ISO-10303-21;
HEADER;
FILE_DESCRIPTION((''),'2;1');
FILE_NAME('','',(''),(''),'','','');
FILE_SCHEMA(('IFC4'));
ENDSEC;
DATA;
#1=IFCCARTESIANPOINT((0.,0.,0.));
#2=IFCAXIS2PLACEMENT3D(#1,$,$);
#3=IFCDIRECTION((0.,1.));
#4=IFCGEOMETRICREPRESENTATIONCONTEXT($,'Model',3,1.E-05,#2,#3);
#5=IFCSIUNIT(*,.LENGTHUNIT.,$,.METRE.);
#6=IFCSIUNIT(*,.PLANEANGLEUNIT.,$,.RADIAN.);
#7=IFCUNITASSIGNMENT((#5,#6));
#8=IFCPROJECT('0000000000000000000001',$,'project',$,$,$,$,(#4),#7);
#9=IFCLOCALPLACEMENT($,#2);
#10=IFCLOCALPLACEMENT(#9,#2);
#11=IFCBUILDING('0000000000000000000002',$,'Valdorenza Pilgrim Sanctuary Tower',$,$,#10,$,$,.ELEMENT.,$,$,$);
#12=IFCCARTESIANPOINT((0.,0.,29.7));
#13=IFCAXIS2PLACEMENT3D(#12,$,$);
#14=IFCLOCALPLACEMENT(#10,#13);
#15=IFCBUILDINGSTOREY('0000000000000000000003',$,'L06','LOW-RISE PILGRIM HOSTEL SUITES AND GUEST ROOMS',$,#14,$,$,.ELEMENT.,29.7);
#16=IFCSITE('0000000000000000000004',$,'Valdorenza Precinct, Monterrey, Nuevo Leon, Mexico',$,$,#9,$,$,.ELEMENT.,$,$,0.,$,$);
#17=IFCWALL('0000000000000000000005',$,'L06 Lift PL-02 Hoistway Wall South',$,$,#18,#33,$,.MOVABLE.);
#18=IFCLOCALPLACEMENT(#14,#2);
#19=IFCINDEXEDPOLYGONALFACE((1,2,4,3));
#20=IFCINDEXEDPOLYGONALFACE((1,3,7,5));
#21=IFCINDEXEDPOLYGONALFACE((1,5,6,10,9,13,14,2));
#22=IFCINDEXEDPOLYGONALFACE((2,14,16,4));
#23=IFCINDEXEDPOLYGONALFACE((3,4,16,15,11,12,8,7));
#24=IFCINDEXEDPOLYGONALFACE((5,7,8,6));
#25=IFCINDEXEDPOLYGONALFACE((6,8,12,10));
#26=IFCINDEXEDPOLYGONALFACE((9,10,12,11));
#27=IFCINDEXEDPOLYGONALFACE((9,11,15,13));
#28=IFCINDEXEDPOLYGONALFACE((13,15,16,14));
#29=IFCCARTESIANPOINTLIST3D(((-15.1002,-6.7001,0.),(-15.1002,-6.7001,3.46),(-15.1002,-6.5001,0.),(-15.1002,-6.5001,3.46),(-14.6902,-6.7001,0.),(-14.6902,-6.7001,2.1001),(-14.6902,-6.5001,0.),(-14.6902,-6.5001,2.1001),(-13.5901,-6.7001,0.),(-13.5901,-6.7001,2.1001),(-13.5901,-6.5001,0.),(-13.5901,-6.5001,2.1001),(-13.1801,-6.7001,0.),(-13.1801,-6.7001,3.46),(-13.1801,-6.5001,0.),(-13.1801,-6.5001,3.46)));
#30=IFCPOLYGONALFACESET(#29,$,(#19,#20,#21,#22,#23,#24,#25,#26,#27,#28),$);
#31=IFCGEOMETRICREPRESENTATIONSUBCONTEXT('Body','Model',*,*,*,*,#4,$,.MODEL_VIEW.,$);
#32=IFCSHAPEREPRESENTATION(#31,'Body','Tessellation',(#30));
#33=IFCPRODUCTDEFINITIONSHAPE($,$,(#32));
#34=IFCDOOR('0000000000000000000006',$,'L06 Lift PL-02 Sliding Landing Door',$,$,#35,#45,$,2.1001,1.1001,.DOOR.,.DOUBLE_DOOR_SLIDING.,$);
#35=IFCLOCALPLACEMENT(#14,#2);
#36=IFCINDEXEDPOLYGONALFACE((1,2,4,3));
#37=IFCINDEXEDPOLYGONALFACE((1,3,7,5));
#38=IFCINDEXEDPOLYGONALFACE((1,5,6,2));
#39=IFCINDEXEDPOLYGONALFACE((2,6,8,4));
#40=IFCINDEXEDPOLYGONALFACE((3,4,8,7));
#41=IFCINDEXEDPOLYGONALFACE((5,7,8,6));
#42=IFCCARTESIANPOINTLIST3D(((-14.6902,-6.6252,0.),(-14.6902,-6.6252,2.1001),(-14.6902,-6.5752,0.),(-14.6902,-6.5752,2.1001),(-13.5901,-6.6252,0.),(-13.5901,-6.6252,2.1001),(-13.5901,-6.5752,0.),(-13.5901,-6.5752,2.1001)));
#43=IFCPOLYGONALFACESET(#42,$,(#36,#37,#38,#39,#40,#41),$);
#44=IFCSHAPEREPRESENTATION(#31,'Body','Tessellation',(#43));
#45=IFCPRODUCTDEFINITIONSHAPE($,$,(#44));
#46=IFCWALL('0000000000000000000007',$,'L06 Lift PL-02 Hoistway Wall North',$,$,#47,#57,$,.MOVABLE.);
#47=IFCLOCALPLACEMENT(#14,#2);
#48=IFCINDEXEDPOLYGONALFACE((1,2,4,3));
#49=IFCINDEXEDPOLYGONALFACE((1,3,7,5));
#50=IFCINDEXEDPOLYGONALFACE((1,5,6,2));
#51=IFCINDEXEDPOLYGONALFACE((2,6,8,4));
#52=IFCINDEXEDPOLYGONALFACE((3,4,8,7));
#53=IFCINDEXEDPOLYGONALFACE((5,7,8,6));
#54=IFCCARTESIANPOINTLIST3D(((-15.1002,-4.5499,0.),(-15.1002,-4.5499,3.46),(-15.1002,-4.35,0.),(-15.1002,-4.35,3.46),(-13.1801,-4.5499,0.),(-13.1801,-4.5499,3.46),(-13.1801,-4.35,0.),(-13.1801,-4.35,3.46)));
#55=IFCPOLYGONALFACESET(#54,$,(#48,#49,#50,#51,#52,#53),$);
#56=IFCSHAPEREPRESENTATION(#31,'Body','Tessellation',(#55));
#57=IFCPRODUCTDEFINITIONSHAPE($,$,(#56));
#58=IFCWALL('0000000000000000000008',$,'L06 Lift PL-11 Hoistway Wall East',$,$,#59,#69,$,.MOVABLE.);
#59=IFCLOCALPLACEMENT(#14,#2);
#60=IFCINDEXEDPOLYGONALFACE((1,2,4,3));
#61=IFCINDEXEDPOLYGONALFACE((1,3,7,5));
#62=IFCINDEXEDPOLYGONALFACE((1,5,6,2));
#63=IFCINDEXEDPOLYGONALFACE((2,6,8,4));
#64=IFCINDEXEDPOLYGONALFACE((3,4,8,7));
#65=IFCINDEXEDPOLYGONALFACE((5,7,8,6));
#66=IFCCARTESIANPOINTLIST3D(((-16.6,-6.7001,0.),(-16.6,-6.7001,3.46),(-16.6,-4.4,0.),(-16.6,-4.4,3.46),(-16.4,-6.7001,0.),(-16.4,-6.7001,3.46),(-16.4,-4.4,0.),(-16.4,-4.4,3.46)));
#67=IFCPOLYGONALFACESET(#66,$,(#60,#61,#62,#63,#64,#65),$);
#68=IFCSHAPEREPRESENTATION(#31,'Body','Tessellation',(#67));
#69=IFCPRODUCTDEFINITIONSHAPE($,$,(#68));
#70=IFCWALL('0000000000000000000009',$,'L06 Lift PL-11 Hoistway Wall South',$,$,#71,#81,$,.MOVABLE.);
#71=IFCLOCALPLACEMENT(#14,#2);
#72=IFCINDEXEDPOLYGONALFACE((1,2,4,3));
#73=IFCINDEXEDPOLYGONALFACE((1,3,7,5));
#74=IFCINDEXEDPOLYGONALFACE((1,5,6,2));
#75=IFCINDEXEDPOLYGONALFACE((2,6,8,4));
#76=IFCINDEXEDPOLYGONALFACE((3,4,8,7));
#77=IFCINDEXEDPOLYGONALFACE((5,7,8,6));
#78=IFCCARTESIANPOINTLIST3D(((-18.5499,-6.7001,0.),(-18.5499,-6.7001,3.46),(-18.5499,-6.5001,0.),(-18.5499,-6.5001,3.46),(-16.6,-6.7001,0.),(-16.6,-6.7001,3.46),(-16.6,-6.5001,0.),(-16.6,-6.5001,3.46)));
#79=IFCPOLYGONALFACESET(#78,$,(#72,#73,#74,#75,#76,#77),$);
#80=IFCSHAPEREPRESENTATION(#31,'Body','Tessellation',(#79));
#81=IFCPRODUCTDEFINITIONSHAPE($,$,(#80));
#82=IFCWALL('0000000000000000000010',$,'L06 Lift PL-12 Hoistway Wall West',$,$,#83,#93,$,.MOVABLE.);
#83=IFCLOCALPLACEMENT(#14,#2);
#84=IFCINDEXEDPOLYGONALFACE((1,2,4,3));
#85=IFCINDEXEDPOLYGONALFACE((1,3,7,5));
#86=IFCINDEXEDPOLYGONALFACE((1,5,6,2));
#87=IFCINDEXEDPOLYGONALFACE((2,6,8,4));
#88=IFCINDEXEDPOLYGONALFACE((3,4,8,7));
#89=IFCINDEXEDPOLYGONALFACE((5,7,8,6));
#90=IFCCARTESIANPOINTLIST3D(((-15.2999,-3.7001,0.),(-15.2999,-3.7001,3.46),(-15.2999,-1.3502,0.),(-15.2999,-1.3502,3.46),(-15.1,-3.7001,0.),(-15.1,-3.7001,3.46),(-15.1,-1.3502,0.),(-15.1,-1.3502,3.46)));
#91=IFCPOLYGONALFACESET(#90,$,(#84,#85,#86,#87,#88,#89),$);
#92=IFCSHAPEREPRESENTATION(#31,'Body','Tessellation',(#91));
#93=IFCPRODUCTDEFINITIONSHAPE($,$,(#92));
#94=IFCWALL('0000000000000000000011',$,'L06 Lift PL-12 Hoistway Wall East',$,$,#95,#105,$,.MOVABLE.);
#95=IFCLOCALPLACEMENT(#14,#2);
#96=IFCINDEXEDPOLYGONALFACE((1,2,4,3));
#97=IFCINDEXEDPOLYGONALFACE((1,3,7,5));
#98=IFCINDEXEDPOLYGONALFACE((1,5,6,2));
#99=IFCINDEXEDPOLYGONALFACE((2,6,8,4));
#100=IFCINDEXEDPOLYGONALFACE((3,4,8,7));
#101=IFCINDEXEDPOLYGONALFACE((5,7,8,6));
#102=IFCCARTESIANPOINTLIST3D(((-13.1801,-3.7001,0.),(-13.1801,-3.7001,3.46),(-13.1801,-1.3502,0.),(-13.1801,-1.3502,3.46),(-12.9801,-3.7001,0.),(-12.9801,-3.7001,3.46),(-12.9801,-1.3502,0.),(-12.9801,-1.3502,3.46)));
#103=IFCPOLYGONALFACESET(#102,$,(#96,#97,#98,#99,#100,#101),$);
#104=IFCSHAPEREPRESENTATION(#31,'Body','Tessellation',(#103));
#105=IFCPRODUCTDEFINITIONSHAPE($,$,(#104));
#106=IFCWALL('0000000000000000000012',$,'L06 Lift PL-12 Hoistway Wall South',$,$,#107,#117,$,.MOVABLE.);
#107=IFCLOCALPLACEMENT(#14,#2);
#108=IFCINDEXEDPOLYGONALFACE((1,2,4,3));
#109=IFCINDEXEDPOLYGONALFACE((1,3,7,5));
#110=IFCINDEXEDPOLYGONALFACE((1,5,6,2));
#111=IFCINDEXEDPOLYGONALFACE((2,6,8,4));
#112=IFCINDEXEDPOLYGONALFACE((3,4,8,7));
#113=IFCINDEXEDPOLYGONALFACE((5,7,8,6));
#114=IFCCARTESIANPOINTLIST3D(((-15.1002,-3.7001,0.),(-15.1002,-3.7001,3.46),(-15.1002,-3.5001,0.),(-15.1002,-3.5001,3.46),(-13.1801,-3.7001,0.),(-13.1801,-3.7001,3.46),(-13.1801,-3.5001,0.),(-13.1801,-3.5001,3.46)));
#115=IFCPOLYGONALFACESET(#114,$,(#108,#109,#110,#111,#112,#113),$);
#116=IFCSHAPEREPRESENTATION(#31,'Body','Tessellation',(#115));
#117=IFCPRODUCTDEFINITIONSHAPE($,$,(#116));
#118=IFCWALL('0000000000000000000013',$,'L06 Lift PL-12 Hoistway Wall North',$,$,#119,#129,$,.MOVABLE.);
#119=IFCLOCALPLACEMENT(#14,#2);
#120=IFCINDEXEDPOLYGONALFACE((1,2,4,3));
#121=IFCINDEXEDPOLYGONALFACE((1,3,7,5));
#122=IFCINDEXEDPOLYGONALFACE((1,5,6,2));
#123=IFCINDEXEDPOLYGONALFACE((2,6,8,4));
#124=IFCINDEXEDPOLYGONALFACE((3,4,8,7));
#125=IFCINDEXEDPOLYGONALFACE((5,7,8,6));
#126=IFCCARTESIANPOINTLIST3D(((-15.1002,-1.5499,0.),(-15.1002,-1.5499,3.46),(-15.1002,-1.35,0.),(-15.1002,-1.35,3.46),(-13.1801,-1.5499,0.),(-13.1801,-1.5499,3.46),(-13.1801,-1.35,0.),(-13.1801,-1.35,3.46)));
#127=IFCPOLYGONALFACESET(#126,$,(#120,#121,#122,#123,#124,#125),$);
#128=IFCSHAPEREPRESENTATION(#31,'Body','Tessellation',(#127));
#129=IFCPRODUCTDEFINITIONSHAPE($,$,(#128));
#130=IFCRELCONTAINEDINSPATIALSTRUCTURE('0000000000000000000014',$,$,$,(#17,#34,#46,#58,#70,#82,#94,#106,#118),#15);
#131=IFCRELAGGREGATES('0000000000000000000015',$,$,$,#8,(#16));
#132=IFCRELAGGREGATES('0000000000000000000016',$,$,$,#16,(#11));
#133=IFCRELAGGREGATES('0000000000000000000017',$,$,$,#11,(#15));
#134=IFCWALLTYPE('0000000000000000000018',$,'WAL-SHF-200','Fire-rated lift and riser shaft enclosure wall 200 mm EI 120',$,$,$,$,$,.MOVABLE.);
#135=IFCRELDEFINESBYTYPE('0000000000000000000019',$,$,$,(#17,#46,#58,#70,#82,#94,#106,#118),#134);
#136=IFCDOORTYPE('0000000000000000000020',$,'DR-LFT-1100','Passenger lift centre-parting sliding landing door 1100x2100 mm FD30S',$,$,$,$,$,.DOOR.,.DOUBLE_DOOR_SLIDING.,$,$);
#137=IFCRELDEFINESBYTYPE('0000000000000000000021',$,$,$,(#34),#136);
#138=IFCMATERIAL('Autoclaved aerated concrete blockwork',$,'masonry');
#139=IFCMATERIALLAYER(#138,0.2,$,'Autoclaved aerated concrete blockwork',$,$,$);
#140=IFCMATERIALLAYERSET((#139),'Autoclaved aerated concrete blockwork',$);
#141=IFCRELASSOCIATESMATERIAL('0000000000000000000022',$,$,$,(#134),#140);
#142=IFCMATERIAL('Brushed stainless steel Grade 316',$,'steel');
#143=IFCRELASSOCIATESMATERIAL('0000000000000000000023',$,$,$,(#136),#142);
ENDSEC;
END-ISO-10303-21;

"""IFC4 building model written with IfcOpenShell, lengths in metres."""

from ifc_helpers import new_model, si_unit, direction, frame, frame_2d, origin, place, context, subcontext, project, spatial, rectangle, extrude, material, layer, layer_set, type_object, element, fill, save


model = new_model("IFC4")

# Units and contexts
model_context = context("Model", 3, precision=1e-05, world=origin(), true_north=direction((0.0, 1.0)))
body_context = subcontext(model_context, "Body", "Model", "MODEL_VIEW")
ifc_project = project(units=[si_unit("LENGTHUNIT", "METRE"), si_unit("PLANEANGLEUNIT", "RADIAN")], contexts=[model_context])

# Site, building, storey
site_placement = place(None, origin())
site = spatial("IfcSite", under=ifc_project, at=site_placement, Name="Valdorenza Precinct, Monterrey, Nuevo Leon, Mexico", CompositionType="ELEMENT", RefElevation=0.0)
building_placement = place(site_placement, origin())
building = spatial("IfcBuilding", under=site, at=building_placement, Name="Valdorenza Pilgrim Sanctuary Tower", CompositionType="ELEMENT")
storey_placement = place(building_placement, frame((0.0, 0.0, 29.7)))
storey = spatial("IfcBuildingStorey", under=building, at=storey_placement, Name="L06", Description="LOW-RISE PILGRIM HOSTEL SUITES AND GUEST ROOMS", CompositionType="ELEMENT", Elevation=29.7)

# Shared definitions
ifc_material_1 = material(Name="Autoclaved aerated concrete blockwork", Category="masonry")
ifc_layer_1 = layer(ifc_material_1, 0.2, Name="Autoclaved aerated concrete blockwork")
ifc_layer_set_1 = layer_set([ifc_layer_1], Name="Autoclaved aerated concrete blockwork")
wall_type = type_object("IfcWallType", Name="WAL-SHF-200", Description="Fire-rated lift and riser shaft enclosure wall 200 mm EI 120", PredefinedType="MOVABLE", material=ifc_layer_set_1)

# Shared definitions
ifc_material_2 = material(Name="Brushed stainless steel Grade 316", Category="steel")
door_type = type_object("IfcDoorType", Name="DR-LFT-1100", Description="Passenger lift centre-parting sliding landing door 1100x2100 mm FD30S", OperationType="DOUBLE_DOOR_SLIDING", PredefinedType="DOOR", material=ifc_material_2)

# Wall, opening, door
wall_1_placement = place(storey_placement, frame((-15.1001, -6.6001, 0.0), z_axis=(0.0, 0.0, 1.0), x_axis=(1.0, 0.0, 0.0)))
wall_1 = element("IfcWall", 1, at=wall_1_placement, inside=storey, type_object=wall_type, Name="L06 Lift PL-02 Hoistway Wall South", PredefinedType="MOVABLE", context=body_context, shape_type="SweptSolid", body=[
    extrude(rectangle(XDim=1.9202, YDim=0.2, at=frame_2d((0.96, 0.0))), origin(), (0.0, 0.0, 1.0), 3.46),
])
opening_1_placement = place(wall_1_placement, frame((0.4099, 0.0, 0.0)))
opening_1 = element("IfcOpeningElement", 2, at=opening_1_placement, cuts=wall_1, PredefinedType="OPENING", context=body_context, shape_type="SweptSolid", body=[
    extrude(rectangle(XDim=1.1001, YDim=2.1001, at=frame_2d((0.55, 1.05))), frame((0.0, 0.1147, 0.0), z_axis=(0.0, -1.0, 0.0), x_axis=(1.0, 0.0, 0.0)), (0.0, 0.0, 1.0), 0.2297),
])
door_1_placement = place(opening_1_placement, origin())
door_1 = element("IfcDoor", 3, at=door_1_placement, inside=storey, type_object=door_type, Name="L06 Lift PL-02 Sliding Landing Door", OperationType="DOUBLE_DOOR_SLIDING", OverallHeight=2.1001, OverallWidth=1.1001, PredefinedType="DOOR", context=body_context, shape_type="SweptSolid", body=[
    extrude(rectangle(XDim=1.1001, YDim=2.1001, at=frame_2d((0.55, 1.05))), frame((0.0, 0.0249, 0.0), z_axis=(0.0, -1.0, 0.0), x_axis=(1.0, 0.0, 0.0)), (0.0, 0.0, 1.0), 0.05),
])
fill(opening_1, door_1)

# Walls
wall_2_placement = place(storey_placement, frame((-15.1001, -4.45, 0.0), z_axis=(0.0, 0.0, 1.0), x_axis=(1.0, 0.0, 0.0)))
element("IfcWall", 4, at=wall_2_placement, inside=storey, type_object=wall_type, Name="L06 Lift PL-02 Hoistway Wall North", PredefinedType="MOVABLE", context=body_context, shape_type="SweptSolid", body=[
    extrude(rectangle(XDim=1.9202, YDim=0.2, at=frame_2d((0.96, 0.0))), origin(), (0.0, 0.0, 1.0), 3.46),
])
wall_3_placement = place(storey_placement, frame((-16.5, -6.7, 0.0), z_axis=(0.0, 0.0, 1.0), x_axis=(0.0, 1.0, 0.0)))
element("IfcWall", 5, at=wall_3_placement, inside=storey, type_object=wall_type, Name="L06 Lift PL-11 Hoistway Wall East", PredefinedType="MOVABLE", context=body_context, shape_type="SweptSolid", body=[
    extrude(rectangle(XDim=2.3, YDim=0.2, at=frame_2d((1.1499, 0.0))), origin(), (0.0, 0.0, 1.0), 3.46),
])
wall_4_placement = place(storey_placement, frame((-18.55, -6.6001, 0.0), z_axis=(0.0, 0.0, 1.0), x_axis=(1.0, 0.0, 0.0)))
element("IfcWall", 6, at=wall_4_placement, inside=storey, type_object=wall_type, Name="L06 Lift PL-11 Hoistway Wall South", PredefinedType="MOVABLE", context=body_context, shape_type="SweptSolid", body=[
    extrude(rectangle(XDim=1.95, YDim=0.2, at=frame_2d((0.9751, 0.0))), origin(), (0.0, 0.0, 1.0), 3.46),
])
for number, where, z_axis, x_axis, name in (
    (7, (-15.2, -3.7, 0.0), (0.0, 0.0, 1.0), (0.0, 1.0, 0.0), "L06 Lift PL-12 Hoistway Wall West"),
    (8, (-13.0801, -3.7, 0.0), (0.0, 0.0, 1.0), (0.0, 1.0, 0.0), "L06 Lift PL-12 Hoistway Wall East"),
):
    element("IfcWall", number, at=place(storey_placement, frame(where, z_axis=z_axis, x_axis=x_axis)), inside=storey, type_object=wall_type, Name=name, PredefinedType="MOVABLE", context=body_context, shape_type="SweptSolid", body=[
        extrude(rectangle(XDim=2.3499, YDim=0.2, at=frame_2d((1.1748, 0.0))), origin(), (0.0, 0.0, 1.0), 3.46),
    ])
for number, where, z_axis, x_axis, name in (
    (9, (-15.1001, -3.6001, 0.0), (0.0, 0.0, 1.0), (1.0, 0.0, 0.0), "L06 Lift PL-12 Hoistway Wall South"),
    (10, (-15.1001, -1.45, 0.0), (0.0, 0.0, 1.0), (1.0, 0.0, 0.0), "L06 Lift PL-12 Hoistway Wall North"),
):
    element("IfcWall", number, at=place(storey_placement, frame(where, z_axis=z_axis, x_axis=x_axis)), inside=storey, type_object=wall_type, Name=name, PredefinedType="MOVABLE", context=body_context, shape_type="SweptSolid", body=[
        extrude(rectangle(XDim=1.9202, YDim=0.2, at=frame_2d((0.96, 0.0))), origin(), (0.0, 0.0, 1.0), 3.46),
    ])

save(model, "model.ifc")
